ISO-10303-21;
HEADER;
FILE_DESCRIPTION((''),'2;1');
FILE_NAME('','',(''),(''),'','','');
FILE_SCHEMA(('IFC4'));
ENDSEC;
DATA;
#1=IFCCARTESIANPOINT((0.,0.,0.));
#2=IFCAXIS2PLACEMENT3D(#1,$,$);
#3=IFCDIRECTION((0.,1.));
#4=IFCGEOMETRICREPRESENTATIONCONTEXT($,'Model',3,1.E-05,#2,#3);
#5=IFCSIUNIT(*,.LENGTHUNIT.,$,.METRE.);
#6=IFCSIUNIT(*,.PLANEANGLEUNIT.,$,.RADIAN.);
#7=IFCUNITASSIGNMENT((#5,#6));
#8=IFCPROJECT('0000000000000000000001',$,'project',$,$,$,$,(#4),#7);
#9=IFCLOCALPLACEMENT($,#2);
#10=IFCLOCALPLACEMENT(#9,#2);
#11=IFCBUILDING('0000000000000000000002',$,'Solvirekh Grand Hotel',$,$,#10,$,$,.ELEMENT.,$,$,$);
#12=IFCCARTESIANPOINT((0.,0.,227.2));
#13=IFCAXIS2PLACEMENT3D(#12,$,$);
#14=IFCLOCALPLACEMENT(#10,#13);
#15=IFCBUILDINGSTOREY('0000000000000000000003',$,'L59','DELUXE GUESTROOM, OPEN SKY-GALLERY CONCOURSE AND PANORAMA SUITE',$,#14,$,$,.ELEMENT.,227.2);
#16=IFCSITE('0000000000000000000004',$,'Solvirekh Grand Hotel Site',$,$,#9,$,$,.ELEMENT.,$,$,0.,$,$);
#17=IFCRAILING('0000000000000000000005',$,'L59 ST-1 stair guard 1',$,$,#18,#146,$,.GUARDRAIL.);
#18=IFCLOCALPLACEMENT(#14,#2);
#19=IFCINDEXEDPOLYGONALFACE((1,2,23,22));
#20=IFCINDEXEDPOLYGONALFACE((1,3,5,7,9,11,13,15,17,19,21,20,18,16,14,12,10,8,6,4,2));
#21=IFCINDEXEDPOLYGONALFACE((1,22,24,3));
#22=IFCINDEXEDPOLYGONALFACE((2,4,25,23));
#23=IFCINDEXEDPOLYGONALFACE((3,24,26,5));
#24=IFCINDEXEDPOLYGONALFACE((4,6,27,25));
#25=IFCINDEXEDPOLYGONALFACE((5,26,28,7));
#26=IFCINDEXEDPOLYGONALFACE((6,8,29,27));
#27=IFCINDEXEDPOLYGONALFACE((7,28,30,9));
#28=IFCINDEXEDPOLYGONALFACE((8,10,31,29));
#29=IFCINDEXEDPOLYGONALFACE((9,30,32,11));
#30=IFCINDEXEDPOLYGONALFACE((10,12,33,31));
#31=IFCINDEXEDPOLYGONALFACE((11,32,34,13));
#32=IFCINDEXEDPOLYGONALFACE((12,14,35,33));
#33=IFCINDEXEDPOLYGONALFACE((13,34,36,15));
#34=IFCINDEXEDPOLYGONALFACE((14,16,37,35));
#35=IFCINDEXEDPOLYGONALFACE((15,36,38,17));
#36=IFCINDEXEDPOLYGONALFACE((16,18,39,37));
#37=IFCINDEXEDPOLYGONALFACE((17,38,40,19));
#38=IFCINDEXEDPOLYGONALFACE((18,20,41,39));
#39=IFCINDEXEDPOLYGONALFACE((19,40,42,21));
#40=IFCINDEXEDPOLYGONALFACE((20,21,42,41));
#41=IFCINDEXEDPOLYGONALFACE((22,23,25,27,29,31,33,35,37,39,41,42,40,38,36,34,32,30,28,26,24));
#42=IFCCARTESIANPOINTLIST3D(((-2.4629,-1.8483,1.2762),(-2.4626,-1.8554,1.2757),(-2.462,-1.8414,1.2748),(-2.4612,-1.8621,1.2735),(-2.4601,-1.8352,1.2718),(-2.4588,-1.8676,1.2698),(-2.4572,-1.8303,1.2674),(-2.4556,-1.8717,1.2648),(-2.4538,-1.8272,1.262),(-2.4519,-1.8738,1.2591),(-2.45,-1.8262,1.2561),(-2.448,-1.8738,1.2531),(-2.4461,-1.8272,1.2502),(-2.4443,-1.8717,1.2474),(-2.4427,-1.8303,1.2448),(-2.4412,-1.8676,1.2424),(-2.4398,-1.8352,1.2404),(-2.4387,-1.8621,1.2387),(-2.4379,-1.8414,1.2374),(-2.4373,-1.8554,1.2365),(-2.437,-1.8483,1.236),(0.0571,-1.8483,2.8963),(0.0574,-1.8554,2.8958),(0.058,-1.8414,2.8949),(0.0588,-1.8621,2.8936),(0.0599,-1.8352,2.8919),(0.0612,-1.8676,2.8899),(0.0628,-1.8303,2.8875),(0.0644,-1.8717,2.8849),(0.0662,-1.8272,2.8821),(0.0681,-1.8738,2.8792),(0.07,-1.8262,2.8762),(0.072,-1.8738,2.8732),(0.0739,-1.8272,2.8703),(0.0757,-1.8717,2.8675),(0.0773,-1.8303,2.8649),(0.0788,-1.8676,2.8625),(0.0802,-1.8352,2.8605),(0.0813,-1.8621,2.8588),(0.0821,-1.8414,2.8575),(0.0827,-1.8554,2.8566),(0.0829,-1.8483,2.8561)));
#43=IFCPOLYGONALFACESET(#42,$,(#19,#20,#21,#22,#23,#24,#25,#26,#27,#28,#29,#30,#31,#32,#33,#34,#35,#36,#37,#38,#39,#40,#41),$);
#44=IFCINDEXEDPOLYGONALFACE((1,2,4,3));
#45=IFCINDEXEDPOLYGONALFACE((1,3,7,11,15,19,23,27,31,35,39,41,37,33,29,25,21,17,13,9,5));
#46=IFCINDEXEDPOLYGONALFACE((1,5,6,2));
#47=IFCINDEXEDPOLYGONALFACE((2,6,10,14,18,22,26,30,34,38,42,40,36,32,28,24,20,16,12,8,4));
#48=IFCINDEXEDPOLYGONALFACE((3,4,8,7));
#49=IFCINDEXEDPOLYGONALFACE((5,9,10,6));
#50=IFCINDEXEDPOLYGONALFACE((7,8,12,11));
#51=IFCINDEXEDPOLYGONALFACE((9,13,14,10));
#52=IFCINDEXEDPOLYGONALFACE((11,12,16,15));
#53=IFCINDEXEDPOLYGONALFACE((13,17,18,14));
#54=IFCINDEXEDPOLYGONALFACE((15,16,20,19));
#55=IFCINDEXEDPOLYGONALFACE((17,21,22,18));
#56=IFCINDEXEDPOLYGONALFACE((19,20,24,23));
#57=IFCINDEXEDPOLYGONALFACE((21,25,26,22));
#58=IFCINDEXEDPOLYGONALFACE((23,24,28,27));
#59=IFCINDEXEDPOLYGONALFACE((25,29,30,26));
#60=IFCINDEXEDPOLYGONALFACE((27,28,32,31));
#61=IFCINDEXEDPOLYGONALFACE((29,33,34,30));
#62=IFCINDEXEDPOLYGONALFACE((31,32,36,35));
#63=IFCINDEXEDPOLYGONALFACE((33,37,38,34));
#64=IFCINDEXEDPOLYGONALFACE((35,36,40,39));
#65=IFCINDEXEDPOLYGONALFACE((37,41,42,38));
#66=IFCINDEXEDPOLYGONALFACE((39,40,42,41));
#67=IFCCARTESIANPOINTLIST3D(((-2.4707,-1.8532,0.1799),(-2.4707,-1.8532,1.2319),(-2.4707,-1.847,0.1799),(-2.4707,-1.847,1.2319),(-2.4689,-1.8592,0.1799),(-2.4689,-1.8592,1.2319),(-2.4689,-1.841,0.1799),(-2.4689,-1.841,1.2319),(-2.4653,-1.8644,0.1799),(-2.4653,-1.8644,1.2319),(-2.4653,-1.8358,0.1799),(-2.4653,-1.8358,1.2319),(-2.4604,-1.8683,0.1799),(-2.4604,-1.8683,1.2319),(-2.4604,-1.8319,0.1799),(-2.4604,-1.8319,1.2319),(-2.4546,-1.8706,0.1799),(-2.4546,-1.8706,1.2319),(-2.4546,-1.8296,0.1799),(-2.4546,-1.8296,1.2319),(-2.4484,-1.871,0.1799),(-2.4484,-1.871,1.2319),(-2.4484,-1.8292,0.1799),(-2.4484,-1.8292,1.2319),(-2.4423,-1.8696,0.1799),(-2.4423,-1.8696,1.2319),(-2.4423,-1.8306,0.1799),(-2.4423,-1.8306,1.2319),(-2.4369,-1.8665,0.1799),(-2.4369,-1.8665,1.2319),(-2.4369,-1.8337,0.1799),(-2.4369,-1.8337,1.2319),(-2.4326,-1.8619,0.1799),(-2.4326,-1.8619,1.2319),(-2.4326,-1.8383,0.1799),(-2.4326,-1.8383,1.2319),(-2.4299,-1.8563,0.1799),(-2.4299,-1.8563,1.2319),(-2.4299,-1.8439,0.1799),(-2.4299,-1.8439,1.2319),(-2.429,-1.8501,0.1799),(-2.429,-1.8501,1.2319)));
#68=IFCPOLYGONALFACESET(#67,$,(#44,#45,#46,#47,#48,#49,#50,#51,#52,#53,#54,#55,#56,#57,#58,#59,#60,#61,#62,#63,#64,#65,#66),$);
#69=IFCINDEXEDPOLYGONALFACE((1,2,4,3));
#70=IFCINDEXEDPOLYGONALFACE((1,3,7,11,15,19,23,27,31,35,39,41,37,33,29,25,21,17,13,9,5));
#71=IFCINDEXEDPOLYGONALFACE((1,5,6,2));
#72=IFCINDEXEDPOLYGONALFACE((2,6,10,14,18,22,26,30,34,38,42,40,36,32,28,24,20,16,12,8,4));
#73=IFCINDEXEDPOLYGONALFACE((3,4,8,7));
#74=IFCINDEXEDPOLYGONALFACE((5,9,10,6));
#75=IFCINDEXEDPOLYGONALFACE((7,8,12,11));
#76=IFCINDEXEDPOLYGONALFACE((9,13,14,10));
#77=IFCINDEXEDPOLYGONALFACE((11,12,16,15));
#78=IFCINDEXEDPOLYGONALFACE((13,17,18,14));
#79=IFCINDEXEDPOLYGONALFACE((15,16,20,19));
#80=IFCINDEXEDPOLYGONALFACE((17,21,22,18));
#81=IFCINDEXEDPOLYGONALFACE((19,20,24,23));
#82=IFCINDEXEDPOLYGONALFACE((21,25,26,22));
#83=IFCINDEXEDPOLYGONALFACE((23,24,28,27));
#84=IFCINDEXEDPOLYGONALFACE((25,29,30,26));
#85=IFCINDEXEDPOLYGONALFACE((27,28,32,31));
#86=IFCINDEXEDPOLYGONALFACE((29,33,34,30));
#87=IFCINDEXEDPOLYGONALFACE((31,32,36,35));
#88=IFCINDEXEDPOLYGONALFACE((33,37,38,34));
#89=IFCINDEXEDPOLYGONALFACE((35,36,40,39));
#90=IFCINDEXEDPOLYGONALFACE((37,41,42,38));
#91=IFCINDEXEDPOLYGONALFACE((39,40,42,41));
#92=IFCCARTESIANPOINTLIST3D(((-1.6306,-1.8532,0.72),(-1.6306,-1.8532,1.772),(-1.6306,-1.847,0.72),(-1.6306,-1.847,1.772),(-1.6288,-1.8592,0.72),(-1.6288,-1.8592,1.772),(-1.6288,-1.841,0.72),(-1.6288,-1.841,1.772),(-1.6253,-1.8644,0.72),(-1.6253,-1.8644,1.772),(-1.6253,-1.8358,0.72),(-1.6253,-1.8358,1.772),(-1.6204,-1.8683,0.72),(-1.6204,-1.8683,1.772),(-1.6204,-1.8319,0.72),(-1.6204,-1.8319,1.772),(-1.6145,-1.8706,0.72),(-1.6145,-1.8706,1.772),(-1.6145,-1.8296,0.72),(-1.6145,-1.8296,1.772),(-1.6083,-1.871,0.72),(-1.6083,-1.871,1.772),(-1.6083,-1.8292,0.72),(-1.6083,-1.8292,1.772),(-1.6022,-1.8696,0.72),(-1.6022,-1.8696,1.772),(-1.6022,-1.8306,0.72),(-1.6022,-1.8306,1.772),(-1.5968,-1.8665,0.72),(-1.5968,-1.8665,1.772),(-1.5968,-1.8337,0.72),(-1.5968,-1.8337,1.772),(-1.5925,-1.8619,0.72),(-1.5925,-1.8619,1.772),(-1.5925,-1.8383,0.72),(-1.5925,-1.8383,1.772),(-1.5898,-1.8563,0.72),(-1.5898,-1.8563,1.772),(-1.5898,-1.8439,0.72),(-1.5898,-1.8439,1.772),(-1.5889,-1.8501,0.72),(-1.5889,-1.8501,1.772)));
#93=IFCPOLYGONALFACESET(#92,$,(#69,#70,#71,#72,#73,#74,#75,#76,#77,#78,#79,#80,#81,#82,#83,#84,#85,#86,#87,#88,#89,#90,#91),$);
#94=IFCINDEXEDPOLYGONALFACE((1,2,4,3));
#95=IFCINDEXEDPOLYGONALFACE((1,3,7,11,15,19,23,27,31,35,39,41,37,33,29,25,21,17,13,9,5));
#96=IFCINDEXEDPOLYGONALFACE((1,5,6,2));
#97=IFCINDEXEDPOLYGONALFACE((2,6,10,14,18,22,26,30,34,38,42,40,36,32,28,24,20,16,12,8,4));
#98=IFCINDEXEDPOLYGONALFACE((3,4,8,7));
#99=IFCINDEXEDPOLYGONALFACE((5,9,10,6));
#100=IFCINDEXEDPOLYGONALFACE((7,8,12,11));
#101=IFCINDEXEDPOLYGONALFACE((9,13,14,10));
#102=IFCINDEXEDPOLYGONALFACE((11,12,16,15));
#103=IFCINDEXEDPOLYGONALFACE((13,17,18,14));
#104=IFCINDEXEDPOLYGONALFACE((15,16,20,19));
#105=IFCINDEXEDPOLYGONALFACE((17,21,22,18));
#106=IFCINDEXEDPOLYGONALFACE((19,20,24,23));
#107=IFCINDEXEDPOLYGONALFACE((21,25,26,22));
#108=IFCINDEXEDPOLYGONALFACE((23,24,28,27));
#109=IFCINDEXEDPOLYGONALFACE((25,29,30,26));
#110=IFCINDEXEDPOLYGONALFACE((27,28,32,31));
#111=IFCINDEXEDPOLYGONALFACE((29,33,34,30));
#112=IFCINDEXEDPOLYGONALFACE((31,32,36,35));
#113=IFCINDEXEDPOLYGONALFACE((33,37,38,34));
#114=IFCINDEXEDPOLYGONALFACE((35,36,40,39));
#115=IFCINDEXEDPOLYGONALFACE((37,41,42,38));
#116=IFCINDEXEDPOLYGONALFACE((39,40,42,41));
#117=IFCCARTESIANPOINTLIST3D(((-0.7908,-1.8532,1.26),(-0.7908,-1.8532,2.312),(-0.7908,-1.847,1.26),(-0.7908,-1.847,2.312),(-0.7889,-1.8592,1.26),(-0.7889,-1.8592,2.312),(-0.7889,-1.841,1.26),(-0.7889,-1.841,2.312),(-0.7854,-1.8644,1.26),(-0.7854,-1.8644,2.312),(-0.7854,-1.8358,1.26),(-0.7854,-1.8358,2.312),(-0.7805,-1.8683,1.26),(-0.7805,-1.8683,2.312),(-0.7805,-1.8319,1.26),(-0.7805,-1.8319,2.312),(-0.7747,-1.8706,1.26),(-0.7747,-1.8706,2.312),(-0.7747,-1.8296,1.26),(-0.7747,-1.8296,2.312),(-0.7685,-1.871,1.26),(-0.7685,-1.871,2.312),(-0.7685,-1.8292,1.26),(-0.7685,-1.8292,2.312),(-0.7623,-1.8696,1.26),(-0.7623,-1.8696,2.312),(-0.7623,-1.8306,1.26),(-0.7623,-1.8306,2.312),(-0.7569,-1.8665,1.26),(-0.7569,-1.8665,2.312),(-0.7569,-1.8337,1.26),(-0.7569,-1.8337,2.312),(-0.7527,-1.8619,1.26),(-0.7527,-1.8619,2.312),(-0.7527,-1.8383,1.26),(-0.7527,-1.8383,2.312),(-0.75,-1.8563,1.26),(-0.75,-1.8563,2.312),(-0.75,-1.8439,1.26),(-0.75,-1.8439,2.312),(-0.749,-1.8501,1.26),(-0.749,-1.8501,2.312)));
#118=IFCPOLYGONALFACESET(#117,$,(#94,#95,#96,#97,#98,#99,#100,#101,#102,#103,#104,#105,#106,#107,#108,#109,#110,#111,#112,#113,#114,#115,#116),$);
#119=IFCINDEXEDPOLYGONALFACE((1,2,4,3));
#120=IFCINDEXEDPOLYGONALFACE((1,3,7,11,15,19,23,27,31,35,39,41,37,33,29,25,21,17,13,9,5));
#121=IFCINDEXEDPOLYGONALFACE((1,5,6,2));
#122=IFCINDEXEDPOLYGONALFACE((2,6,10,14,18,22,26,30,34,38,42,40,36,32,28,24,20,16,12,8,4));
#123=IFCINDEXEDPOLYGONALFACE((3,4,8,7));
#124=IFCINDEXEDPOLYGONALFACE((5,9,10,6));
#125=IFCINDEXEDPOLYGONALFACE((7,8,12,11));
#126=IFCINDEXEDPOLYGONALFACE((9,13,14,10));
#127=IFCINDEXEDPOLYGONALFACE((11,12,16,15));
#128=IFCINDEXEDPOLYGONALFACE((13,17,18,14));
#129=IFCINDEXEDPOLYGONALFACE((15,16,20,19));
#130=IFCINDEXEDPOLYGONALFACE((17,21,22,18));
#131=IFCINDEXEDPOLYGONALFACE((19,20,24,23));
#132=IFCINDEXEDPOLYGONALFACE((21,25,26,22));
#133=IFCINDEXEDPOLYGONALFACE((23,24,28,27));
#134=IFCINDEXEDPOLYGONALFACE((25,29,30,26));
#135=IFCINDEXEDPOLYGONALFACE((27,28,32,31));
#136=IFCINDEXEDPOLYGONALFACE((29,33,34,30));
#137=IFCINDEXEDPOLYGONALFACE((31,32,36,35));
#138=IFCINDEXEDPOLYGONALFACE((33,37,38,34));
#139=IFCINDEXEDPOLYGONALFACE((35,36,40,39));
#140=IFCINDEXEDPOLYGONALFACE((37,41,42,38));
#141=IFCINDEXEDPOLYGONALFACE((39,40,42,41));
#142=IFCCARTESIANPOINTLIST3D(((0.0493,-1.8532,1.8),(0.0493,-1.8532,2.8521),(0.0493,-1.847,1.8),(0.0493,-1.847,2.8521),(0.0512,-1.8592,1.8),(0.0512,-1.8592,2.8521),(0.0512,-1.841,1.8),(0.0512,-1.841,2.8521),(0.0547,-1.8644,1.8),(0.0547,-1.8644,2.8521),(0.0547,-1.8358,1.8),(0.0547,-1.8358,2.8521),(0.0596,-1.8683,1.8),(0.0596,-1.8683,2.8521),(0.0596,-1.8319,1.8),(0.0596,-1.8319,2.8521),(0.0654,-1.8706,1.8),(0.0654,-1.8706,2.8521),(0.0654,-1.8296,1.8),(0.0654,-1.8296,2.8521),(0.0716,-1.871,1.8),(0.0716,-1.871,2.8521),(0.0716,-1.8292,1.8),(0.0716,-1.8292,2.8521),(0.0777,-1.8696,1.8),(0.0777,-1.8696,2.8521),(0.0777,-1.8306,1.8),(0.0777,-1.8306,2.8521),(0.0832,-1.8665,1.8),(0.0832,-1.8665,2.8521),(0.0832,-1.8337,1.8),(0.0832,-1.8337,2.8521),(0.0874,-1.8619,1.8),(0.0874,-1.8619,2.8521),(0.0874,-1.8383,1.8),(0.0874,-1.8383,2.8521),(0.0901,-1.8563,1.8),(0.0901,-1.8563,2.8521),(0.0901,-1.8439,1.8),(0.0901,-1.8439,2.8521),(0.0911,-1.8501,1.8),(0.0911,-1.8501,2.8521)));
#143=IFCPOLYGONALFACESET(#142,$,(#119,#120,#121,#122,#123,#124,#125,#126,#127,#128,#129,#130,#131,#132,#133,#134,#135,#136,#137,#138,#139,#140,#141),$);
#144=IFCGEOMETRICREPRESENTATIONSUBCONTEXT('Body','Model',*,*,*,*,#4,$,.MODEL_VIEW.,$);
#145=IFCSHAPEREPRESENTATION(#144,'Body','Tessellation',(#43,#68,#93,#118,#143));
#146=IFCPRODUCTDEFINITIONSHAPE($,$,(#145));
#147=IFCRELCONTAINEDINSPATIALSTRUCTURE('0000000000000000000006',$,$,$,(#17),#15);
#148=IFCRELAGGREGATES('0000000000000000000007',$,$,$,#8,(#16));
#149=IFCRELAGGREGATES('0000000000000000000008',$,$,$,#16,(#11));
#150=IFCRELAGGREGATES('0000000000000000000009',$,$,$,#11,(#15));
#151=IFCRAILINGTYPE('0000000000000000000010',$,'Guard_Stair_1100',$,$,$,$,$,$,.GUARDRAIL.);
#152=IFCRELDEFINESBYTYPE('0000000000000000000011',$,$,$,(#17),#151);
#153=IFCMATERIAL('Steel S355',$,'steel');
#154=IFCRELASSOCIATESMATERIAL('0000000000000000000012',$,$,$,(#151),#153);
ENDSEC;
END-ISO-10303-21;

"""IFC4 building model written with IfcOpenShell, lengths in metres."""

from ifc_helpers import new_model, si_unit, direction, frame, origin, origin_2d, place, context, subcontext, project, spatial, circle, extrude, material, type_object, element, save


model = new_model("IFC4")

# Units and contexts
model_context = context("Model", 3, precision=1e-05, world=origin(), true_north=direction((0.0, 1.0)))
body_context = subcontext(model_context, "Body", "Model", "MODEL_VIEW")
ifc_project = project(units=[si_unit("LENGTHUNIT", "METRE"), si_unit("PLANEANGLEUNIT", "RADIAN")], contexts=[model_context])

# Site, building, storey
site_placement = place(None, origin())
site = spatial("IfcSite", under=ifc_project, at=site_placement, Name="Solvirekh Grand Hotel Site", CompositionType="ELEMENT", RefElevation=0.0)
building_placement = place(site_placement, origin())
building = spatial("IfcBuilding", under=site, at=building_placement, Name="Solvirekh Grand Hotel", CompositionType="ELEMENT")
storey_placement = place(building_placement, frame((0.0, 0.0, 227.2)))
storey = spatial("IfcBuildingStorey", under=building, at=storey_placement, Name="L59", Description="DELUXE GUESTROOM, OPEN SKY-GALLERY CONCOURSE AND PANORAMA SUITE", CompositionType="ELEMENT", Elevation=227.2)

# Shared definitions
ifc_material_1 = material(Name="Steel S355", Category="steel")

# Railing
railing_type_1 = type_object("IfcRailingType", Name="Guard_Stair_1100", PredefinedType="GUARDRAIL", material=ifc_material_1)
railing_1_placement = place(storey_placement, frame((-2.45, -1.8501, 0.1799)))
element("IfcRailing", 1, at=railing_1_placement, inside=storey, type_object=railing_type_1, Name="L59 ST-1 stair guard 1", PredefinedType="GUARDRAIL", context=body_context, shape_type="SweptSolid", body=[
    extrude(circle(Radius=0.0239, at=origin_2d()), frame((0.0, 0.0, 1.0762), z_axis=(0.841163, 0.0, 0.540782), x_axis=(0.0, 1.0, 0.0)), (0.0, 0.0, 1.0), 2.9958),
    extrude(circle(Radius=0.021, at=origin_2d()), origin(), (0.0, 0.0, 1.0), 1.052),
    extrude(circle(Radius=0.021, at=origin_2d()), frame((0.8401, 0.0, 0.54)), (0.0, 0.0, 1.0), 1.052),
    extrude(circle(Radius=0.021, at=origin_2d()), frame((1.6799, 0.0, 1.0801)), (0.0, 0.0, 1.0), 1.052),
    extrude(circle(Radius=0.021, at=origin_2d()), frame((2.52, 0.0, 1.6201)), (0.0, 0.0, 1.0), 1.052),
])

save(model, "model.ifc")
